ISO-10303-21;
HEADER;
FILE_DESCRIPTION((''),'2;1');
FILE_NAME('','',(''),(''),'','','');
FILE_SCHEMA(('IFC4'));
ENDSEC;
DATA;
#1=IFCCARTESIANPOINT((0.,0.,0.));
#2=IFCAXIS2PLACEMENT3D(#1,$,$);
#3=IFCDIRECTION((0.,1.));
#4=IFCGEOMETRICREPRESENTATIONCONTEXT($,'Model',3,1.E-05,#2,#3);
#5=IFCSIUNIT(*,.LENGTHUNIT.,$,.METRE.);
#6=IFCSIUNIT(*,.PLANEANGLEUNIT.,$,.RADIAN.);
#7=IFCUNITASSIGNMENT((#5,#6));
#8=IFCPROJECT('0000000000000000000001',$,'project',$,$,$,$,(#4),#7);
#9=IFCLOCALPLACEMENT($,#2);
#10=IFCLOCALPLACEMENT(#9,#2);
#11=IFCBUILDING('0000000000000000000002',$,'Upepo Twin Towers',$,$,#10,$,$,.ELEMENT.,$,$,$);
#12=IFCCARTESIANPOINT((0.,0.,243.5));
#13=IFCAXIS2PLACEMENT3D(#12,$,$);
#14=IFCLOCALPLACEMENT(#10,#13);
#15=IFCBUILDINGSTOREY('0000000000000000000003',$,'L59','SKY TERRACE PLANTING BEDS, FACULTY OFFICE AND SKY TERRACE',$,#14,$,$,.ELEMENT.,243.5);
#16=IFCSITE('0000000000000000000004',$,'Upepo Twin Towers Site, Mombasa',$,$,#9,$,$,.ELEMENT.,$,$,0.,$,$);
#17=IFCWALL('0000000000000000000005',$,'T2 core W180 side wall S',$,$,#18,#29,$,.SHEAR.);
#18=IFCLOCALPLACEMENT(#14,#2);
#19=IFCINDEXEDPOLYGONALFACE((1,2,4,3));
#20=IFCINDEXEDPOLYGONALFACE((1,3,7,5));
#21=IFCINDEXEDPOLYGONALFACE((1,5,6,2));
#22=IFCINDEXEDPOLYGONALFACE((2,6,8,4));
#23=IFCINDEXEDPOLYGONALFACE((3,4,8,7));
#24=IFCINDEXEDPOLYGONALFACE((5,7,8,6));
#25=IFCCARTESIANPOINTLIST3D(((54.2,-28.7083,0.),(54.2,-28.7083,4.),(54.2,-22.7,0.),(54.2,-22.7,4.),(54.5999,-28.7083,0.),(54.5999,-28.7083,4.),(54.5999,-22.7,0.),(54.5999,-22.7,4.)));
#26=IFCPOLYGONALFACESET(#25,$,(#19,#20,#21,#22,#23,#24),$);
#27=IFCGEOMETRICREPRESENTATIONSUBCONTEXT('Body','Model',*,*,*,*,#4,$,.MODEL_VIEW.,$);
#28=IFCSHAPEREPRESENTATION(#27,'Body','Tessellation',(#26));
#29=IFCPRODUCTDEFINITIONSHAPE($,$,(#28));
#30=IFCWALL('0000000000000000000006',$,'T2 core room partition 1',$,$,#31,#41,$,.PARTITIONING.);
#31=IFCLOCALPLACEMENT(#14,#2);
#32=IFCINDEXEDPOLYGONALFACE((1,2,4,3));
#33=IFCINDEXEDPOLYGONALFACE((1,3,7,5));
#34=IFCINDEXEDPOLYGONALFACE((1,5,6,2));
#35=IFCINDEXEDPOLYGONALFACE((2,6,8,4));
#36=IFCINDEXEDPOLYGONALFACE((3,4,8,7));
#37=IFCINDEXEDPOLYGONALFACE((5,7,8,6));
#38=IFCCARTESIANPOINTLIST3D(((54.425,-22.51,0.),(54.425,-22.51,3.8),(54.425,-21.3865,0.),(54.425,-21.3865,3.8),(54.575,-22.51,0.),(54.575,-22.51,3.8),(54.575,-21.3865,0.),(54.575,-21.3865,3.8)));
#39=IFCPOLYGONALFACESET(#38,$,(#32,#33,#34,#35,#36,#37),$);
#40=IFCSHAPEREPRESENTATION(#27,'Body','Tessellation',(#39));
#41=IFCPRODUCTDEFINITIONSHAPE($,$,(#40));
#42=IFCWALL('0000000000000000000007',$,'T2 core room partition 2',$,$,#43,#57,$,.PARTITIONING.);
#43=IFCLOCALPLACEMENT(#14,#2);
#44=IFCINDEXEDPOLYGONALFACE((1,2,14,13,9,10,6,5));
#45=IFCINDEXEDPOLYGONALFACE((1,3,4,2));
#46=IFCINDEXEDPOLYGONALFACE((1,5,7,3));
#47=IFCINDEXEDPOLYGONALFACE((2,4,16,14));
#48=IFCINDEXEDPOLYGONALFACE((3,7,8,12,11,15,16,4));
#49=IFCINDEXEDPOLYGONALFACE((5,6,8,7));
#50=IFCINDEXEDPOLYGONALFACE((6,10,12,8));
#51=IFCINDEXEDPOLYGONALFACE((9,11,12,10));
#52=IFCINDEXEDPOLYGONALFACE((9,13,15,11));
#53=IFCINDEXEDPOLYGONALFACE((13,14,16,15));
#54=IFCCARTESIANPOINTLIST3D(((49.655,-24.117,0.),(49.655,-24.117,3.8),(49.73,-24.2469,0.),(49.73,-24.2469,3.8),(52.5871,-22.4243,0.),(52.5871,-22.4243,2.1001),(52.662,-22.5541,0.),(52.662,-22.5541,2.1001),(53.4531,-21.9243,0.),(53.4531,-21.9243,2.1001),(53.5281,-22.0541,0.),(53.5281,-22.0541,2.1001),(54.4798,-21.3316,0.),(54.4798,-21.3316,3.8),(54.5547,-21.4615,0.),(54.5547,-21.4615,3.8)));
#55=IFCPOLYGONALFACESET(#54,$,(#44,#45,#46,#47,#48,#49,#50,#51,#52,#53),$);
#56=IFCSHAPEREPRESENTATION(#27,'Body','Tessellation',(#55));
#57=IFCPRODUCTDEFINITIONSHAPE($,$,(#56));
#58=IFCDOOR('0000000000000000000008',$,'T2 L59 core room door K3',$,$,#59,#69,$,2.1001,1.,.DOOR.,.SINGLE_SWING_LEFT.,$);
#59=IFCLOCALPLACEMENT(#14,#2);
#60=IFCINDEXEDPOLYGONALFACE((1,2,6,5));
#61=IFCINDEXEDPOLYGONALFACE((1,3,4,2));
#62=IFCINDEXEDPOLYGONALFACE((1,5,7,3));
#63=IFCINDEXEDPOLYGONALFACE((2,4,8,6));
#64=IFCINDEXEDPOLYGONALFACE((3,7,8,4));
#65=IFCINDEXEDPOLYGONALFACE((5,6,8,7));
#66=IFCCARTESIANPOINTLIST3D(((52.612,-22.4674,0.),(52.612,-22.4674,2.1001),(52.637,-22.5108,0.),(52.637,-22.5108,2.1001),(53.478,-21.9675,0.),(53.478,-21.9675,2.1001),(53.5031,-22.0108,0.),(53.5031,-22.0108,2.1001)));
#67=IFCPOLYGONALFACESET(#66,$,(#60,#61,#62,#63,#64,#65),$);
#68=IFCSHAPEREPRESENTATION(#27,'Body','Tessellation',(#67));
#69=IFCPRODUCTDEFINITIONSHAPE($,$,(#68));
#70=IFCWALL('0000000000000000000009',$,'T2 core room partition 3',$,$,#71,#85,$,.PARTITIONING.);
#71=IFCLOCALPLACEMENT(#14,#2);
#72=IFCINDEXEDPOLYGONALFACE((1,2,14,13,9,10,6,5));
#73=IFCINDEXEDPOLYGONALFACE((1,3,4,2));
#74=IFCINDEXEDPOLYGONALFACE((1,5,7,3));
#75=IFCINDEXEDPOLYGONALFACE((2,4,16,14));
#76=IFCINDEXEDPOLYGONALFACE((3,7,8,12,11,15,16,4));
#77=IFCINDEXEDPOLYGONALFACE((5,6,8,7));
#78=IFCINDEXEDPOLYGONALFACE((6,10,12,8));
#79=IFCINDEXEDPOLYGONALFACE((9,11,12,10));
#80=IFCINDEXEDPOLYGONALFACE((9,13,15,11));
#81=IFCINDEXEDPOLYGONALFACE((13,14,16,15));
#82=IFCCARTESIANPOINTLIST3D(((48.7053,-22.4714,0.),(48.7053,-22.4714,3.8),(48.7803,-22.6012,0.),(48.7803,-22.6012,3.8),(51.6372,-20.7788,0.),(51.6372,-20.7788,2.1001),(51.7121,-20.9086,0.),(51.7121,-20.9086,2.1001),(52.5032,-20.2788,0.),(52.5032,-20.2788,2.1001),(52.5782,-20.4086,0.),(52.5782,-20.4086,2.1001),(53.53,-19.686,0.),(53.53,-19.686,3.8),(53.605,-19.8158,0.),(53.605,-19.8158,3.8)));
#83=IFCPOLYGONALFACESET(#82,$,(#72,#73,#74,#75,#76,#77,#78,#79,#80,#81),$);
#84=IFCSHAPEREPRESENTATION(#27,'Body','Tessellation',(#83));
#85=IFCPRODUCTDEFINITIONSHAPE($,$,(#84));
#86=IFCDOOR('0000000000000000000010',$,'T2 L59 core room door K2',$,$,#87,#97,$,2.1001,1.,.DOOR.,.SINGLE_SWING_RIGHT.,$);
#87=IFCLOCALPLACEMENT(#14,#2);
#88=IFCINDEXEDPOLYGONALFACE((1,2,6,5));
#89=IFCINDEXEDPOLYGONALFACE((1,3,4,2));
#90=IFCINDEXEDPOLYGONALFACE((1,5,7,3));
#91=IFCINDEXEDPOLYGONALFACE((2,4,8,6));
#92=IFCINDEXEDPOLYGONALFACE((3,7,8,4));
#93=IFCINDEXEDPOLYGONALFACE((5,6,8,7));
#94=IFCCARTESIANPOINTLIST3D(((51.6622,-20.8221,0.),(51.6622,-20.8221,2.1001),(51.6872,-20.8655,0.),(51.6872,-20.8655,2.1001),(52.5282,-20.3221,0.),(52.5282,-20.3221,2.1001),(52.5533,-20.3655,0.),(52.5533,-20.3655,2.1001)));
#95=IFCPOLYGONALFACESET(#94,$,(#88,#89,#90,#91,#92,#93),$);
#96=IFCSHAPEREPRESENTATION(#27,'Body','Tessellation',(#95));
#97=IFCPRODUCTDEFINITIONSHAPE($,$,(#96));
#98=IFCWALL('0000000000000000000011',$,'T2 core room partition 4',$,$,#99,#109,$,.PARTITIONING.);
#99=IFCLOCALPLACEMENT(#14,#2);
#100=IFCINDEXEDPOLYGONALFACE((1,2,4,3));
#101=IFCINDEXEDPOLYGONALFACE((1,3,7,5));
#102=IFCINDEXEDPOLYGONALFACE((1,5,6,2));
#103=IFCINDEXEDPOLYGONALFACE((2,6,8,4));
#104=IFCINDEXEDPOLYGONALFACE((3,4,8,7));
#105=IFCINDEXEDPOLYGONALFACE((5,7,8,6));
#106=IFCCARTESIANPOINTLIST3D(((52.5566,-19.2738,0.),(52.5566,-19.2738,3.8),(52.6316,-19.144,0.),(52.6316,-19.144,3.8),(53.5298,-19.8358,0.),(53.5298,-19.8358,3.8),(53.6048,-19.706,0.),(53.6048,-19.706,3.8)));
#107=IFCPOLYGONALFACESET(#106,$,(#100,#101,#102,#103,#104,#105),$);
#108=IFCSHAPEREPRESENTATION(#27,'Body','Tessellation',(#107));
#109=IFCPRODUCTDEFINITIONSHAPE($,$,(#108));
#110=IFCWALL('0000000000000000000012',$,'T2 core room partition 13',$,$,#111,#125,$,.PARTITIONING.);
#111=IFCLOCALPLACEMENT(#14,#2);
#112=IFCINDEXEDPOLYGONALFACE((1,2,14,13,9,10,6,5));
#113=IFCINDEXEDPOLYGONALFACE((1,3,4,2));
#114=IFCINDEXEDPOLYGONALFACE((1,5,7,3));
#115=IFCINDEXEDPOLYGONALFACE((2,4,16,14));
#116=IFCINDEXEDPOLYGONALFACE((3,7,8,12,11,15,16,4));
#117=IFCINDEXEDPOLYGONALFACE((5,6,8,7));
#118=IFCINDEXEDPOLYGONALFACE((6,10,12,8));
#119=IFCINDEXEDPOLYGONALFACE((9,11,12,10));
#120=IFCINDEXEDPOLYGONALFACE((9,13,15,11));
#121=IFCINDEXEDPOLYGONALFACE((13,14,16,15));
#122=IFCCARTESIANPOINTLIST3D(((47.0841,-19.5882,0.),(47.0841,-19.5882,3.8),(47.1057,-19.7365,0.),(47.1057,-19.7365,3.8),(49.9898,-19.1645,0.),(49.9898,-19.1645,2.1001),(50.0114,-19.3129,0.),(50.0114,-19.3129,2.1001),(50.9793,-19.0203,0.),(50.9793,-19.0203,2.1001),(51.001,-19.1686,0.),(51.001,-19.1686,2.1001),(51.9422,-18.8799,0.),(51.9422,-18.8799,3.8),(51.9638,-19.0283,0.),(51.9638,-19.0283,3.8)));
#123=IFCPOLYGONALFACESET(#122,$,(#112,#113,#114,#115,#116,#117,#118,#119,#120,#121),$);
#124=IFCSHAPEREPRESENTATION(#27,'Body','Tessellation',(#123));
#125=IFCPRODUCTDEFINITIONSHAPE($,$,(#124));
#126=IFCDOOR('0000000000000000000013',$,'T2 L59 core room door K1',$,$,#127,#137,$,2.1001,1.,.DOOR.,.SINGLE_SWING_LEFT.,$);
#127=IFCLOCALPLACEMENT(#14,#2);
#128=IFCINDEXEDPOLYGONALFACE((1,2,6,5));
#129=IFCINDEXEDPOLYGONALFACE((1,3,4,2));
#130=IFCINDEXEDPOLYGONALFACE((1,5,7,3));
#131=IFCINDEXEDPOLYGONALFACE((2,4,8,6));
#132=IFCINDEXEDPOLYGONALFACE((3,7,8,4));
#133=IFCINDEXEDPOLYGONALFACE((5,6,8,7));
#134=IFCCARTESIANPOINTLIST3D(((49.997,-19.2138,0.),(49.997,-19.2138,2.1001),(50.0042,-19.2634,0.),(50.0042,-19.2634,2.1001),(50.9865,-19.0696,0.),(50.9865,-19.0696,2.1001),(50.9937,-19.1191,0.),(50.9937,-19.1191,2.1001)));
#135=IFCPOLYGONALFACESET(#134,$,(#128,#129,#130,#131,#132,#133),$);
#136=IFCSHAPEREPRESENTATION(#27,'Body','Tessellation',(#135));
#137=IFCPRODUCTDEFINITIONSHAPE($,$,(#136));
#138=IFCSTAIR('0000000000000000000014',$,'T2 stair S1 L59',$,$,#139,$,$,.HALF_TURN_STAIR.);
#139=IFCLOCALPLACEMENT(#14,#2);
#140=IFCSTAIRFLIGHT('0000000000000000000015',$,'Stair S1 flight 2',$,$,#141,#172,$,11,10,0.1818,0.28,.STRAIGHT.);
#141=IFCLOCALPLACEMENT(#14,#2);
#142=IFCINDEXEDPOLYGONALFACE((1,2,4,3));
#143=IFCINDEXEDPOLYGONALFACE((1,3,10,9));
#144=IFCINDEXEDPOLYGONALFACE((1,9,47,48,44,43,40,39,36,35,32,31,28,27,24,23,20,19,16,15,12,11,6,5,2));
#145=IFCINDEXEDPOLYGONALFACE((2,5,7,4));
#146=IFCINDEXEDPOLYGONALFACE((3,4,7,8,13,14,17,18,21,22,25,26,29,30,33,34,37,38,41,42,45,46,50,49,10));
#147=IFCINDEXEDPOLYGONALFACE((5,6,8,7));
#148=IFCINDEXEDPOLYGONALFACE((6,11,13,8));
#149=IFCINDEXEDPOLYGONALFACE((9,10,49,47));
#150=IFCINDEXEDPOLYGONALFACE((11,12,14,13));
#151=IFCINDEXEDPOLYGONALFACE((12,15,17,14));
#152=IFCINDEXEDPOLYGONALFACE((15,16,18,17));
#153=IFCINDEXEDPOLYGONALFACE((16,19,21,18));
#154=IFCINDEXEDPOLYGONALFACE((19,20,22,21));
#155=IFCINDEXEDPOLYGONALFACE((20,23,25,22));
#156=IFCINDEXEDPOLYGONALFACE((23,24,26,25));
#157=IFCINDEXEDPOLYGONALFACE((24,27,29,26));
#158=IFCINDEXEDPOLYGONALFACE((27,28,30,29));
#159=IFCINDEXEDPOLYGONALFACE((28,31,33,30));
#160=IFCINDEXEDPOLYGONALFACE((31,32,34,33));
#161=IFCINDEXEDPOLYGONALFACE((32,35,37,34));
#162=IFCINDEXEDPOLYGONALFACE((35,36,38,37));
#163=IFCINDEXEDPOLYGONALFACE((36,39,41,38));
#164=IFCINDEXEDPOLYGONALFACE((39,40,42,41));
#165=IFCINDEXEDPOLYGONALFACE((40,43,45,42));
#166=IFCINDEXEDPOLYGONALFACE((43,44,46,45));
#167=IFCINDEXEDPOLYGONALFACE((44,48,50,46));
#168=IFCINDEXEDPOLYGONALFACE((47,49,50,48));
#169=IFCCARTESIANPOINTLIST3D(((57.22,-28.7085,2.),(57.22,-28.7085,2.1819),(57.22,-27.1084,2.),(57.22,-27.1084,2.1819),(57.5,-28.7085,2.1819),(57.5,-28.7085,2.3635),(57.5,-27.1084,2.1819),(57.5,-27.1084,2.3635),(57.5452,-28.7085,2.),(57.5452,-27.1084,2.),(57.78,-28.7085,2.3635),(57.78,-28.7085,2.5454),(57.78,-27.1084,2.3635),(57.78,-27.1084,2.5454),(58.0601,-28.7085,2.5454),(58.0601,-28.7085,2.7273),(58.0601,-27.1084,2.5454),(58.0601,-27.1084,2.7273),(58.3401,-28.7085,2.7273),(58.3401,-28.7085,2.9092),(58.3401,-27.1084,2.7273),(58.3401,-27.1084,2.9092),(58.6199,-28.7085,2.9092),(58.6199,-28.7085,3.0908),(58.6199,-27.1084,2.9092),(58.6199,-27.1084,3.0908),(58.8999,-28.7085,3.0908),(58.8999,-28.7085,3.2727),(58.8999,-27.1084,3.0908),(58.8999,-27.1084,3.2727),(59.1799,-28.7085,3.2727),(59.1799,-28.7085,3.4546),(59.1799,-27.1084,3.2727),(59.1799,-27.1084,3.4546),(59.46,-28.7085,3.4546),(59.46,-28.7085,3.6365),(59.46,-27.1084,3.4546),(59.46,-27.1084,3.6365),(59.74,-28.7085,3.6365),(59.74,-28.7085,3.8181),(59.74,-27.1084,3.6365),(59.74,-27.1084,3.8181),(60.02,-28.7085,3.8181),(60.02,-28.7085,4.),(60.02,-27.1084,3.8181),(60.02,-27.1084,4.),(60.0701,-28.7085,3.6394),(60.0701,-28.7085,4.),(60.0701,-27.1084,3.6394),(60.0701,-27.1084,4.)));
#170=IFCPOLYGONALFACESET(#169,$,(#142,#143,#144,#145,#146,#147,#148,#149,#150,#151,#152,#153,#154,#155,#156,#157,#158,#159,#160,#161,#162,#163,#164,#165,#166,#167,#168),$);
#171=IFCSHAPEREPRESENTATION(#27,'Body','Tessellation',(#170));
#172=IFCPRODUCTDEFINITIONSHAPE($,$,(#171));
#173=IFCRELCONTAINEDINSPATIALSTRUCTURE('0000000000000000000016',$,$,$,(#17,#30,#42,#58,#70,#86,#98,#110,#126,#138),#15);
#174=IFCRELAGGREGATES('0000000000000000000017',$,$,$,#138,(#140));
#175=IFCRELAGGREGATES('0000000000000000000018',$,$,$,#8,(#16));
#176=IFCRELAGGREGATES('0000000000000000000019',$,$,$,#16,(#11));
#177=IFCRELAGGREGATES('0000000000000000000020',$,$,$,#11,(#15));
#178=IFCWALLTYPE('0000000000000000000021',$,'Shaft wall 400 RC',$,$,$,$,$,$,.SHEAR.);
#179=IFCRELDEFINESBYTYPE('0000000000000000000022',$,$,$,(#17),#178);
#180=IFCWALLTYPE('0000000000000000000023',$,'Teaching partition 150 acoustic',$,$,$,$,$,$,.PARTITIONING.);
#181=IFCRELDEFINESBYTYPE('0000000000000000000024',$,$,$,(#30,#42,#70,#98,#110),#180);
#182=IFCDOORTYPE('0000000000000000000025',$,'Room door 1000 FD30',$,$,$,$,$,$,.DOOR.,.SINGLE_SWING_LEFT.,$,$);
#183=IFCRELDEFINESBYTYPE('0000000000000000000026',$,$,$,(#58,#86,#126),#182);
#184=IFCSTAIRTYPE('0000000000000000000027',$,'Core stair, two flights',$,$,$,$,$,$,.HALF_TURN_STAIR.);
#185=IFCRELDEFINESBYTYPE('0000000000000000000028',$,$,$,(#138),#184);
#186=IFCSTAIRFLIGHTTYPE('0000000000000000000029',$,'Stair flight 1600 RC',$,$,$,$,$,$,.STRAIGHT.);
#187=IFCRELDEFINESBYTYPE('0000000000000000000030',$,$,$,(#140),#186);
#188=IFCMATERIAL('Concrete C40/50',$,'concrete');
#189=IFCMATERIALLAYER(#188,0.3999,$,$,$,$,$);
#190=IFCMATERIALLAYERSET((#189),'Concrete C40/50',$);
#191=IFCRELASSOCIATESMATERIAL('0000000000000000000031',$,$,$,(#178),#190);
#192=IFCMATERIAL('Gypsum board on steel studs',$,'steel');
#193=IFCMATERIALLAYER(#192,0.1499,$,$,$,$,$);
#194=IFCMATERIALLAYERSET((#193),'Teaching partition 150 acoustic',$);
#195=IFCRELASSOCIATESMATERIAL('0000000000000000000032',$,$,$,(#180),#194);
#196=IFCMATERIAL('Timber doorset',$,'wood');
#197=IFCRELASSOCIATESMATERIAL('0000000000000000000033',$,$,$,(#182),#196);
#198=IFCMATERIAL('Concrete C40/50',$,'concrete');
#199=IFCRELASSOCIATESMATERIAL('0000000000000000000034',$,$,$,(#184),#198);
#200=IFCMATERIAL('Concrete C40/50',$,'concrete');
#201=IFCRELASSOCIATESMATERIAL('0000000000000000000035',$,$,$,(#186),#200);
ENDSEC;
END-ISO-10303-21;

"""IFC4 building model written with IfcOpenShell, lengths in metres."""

from ifc_helpers import new_model, si_unit, direction, frame, frame_2d, origin, place, context, subcontext, project, spatial, polyline, rectangle, outline, extrude, material, layer, layer_set, type_object, element, fill, aggregate, save


model = new_model("IFC4")

# Units and contexts
model_context = context("Model", 3, precision=1e-05, world=origin(), true_north=direction((0.0, 1.0)))
body_context = subcontext(model_context, "Body", "Model", "MODEL_VIEW")
ifc_project = project(units=[si_unit("LENGTHUNIT", "METRE"), si_unit("PLANEANGLEUNIT", "RADIAN")], contexts=[model_context])

# Site, building, storey
site_placement = place(None, origin())
site = spatial("IfcSite", under=ifc_project, at=site_placement, Name="Upepo Twin Towers Site, Mombasa", CompositionType="ELEMENT", RefElevation=0.0)
building_placement = place(site_placement, origin())
building = spatial("IfcBuilding", under=site, at=building_placement, Name="Upepo Twin Towers", CompositionType="ELEMENT")
storey_placement = place(building_placement, frame((0.0, 0.0, 243.5)))
storey = spatial("IfcBuildingStorey", under=building, at=storey_placement, Name="L59", Description="SKY TERRACE PLANTING BEDS, FACULTY OFFICE AND SKY TERRACE", CompositionType="ELEMENT", Elevation=243.5)

# Walls
ifc_material_1 = material(Name="Concrete C40/50", Category="concrete")
ifc_layer_1 = layer(ifc_material_1, 0.3999)
ifc_layer_set_1 = layer_set([ifc_layer_1], Name="Concrete C40/50")
wall_type_1 = type_object("IfcWallType", Name="Shaft wall 400 RC", PredefinedType="SHEAR", material=ifc_layer_set_1)
for number, where, z_axis, x_axis, name in (
    (1, (54.3999, -22.7, 0.0), (0.0, 0.0, 1.0), (0.0, -1.0, 0.0), "T2 core W180 side wall S"),
):
    element("IfcWall", number, at=place(storey_placement, frame(where, z_axis=z_axis, x_axis=x_axis)), inside=storey, type_object=wall_type_1, Name=name, PredefinedType="SHEAR", context=body_context, shape_type="SweptSolid", body=[
        extrude(rectangle(XDim=6.0083, YDim=0.3999, at=frame_2d((3.0042, 0.0))), origin(), (0.0, 0.0, 1.0), 4.0),
    ])
ifc_material_2 = material(Name="Gypsum board on steel studs", Category="steel")
ifc_layer_2 = layer(ifc_material_2, 0.1499)
ifc_layer_set_2 = layer_set([ifc_layer_2], Name="Teaching partition 150 acoustic")
wall_type_2 = type_object("IfcWallType", Name="Teaching partition 150 acoustic", PredefinedType="PARTITIONING", material=ifc_layer_set_2)
wall_1_placement = place(storey_placement, frame((54.5, -22.51, 0.0), z_axis=(0.0, 0.0, 1.0), x_axis=(0.0, 1.0, 0.0)))
element("IfcWall", 2, at=wall_1_placement, inside=storey, type_object=wall_type_2, Name="T2 core room partition 1", PredefinedType="PARTITIONING", context=body_context, shape_type="SweptSolid", body=[
    extrude(rectangle(XDim=1.1235, YDim=0.1499, at=frame_2d((0.5618, 0.0))), origin(), (0.0, 0.0, 1.0), 3.8),
])

# Walls, openings, doors
wall_2_placement = place(storey_placement, frame((54.5173, -21.3965, 0.0), z_axis=(0.0, 0.0, 1.0), x_axis=(-0.866037, -0.49998, 0.0)))
wall_2 = element("IfcWall", 3, at=wall_2_placement, inside=storey, type_object=wall_type_2, Name="T2 core room partition 2", PredefinedType="PARTITIONING", context=body_context, shape_type="SweptSolid", body=[
    extrude(rectangle(XDim=5.571, YDim=0.1499, at=frame_2d((2.7856, 0.0))), origin(), (0.0, 0.0, 1.0), 3.8),
])
opening_1_placement = place(wall_2_placement, frame((1.1855, 0.0, 0.0)))
opening_1 = element("IfcOpeningElement", 4, at=opening_1_placement, cuts=wall_2, PredefinedType="OPENING", context=body_context, shape_type="SweptSolid", body=[
    extrude(rectangle(XDim=1.0, YDim=2.1001, at=frame_2d((0.5, 1.05))), frame((0.0, 0.085, 0.0), z_axis=(0.0, -1.0, 0.0), x_axis=(1.0, 0.0, 0.0)), (0.0, 0.0, 1.0), 0.1699),
])
ifc_material_3 = material(Name="Timber doorset", Category="wood")
door_type_1 = type_object("IfcDoorType", Name="Room door 1000 FD30", OperationType="SINGLE_SWING_LEFT", PredefinedType="DOOR", material=ifc_material_3)
door_1_placement = place(opening_1_placement, origin())
door_1 = element("IfcDoor", 5, at=door_1_placement, inside=storey, type_object=door_type_1, Name="T2 L59 core room door K3", OperationType="SINGLE_SWING_LEFT", OverallHeight=2.1001, OverallWidth=1.0, PredefinedType="DOOR", context=body_context, shape_type="SweptSolid", body=[
    extrude(rectangle(XDim=1.0, YDim=2.1001, at=frame_2d((0.5, 1.05))), frame((0.0, 0.0249, 0.0), z_axis=(0.0, -1.0, 0.0), x_axis=(1.0, 0.0, 0.0)), (0.0, 0.0, 1.0), 0.05),
])
fill(opening_1, door_1)
wall_3_placement = place(storey_placement, frame((48.7427, -22.5364, 0.0), z_axis=(0.0, 0.0, 1.0), x_axis=(0.866037, 0.49998, 0.0)))
wall_3 = element("IfcWall", 6, at=wall_3_placement, inside=storey, type_object=wall_type_2, Name="T2 core room partition 3", PredefinedType="PARTITIONING", context=body_context, shape_type="SweptSolid", body=[
    extrude(rectangle(XDim=5.571, YDim=0.1499, at=frame_2d((2.7856, 0.0))), origin(), (0.0, 0.0, 1.0), 3.8),
])
opening_2_placement = place(wall_3_placement, frame((3.3855, 0.0, 0.0)))
opening_2 = element("IfcOpeningElement", 7, at=opening_2_placement, cuts=wall_3, PredefinedType="OPENING", context=body_context, shape_type="SweptSolid", body=[
    extrude(rectangle(XDim=1.0, YDim=2.1001, at=frame_2d((0.5, 1.05))), frame((0.0, 0.085, 0.0), z_axis=(0.0, -1.0, 0.0), x_axis=(1.0, 0.0, 0.0)), (0.0, 0.0, 1.0), 0.1699),
])
door_2_placement = place(opening_2_placement, origin())
door_2 = element("IfcDoor", 8, at=door_2_placement, inside=storey, type_object=door_type_1, Name="T2 L59 core room door K2", OperationType="SINGLE_SWING_RIGHT", OverallHeight=2.1001, OverallWidth=1.0, PredefinedType="DOOR", context=body_context, shape_type="SweptSolid", body=[
    extrude(rectangle(XDim=1.0, YDim=2.1001, at=frame_2d((0.5, 1.05))), frame((0.0, 0.0249, 0.0), z_axis=(0.0, -1.0, 0.0), x_axis=(1.0, 0.0, 0.0)), (0.0, 0.0, 1.0), 0.05),
])
fill(opening_2, door_2)

# Wall
wall_4_placement = place(storey_placement, frame((53.5674, -19.771, 0.0), z_axis=(0.0, 0.0, 1.0), x_axis=(-0.865961, 0.500111, 0.0)))
element("IfcWall", 9, at=wall_4_placement, inside=storey, type_object=wall_type_2, Name="T2 core room partition 4", PredefinedType="PARTITIONING", context=body_context, shape_type="SweptSolid", body=[
    extrude(rectangle(XDim=1.1238, YDim=0.1499, at=frame_2d((0.562, 0.0))), origin(), (0.0, 0.0, 1.0), 3.8),
])

# Wall, opening, door
wall_5_placement = place(storey_placement, frame((51.9529, -18.9541, 0.0), z_axis=(0.0, 0.0, 1.0), x_axis=(-0.98954, -0.144261, 0.0)))
wall_5 = element("IfcWall", 10, at=wall_5_placement, inside=storey, type_object=wall_type_2, Name="T2 core room partition 13", PredefinedType="PARTITIONING", context=body_context, shape_type="SweptSolid", body=[
    extrude(rectangle(XDim=4.9094, YDim=0.1499, at=frame_2d((2.4546, 0.0))), origin(), (0.0, 0.0, 1.0), 3.8),
])
opening_3_placement = place(wall_5_placement, frame((0.9729, 0.0, 0.0)))
opening_3 = element("IfcOpeningElement", 11, at=opening_3_placement, cuts=wall_5, PredefinedType="OPENING", context=body_context, shape_type="SweptSolid", body=[
    extrude(rectangle(XDim=1.0, YDim=2.1001, at=frame_2d((0.5, 1.05))), frame((0.0, 0.085, 0.0), z_axis=(0.0, -1.0, 0.0), x_axis=(1.0, 0.0, 0.0)), (0.0, 0.0, 1.0), 0.1699),
])
door_3_placement = place(opening_3_placement, origin())
door_3 = element("IfcDoor", 12, at=door_3_placement, inside=storey, type_object=door_type_1, Name="T2 L59 core room door K1", OperationType="SINGLE_SWING_LEFT", OverallHeight=2.1001, OverallWidth=1.0, PredefinedType="DOOR", context=body_context, shape_type="SweptSolid", body=[
    extrude(rectangle(XDim=1.0, YDim=2.1001, at=frame_2d((0.5, 1.05))), frame((0.0, 0.0249, 0.0), z_axis=(0.0, -1.0, 0.0), x_axis=(1.0, 0.0, 0.0)), (0.0, 0.0, 1.0), 0.05),
])
fill(opening_3, door_3)

# Stair, stair flight
ifc_material_4 = material(Name="Concrete C40/50", Category="concrete")
stair_type = type_object("IfcStairType", Name="Core stair, two flights", PredefinedType="HALF_TURN_STAIR", material=ifc_material_4)
stair_placement = place(storey_placement, origin())
stair = element("IfcStair", 13, at=stair_placement, inside=storey, type_object=stair_type, Name="T2 stair S1 L59", PredefinedType="HALF_TURN_STAIR")
ifc_material_5 = material(Name="Concrete C40/50", Category="concrete")
stair_flight_type = type_object("IfcStairFlightType", Name="Stair flight 1600 RC", PredefinedType="STRAIGHT", material=ifc_material_5)
stair_flight_placement = place(storey_placement, frame((57.22, -27.9084, 2.0), z_axis=(0.0, 0.0, 1.0), x_axis=(1.0, 0.0, 0.0)))
stair_flight = element("IfcStairFlight", 14, at=stair_flight_placement, type_object=stair_flight_type, Name="Stair S1 flight 2", NumberOfRisers=11, NumberOfTreads=10, PredefinedType="STRAIGHT", RiserHeight=0.1818, TreadLength=0.28, context=body_context, shape_type="SweptSolid", body=[
    extrude(outline(polyline([(0.0, 0.0), (0.0, 0.1819), (0.28, 0.1819), (0.28, 0.3635), (0.5601, 0.3635), (0.5601, 0.5454), (0.8401, 0.5454), (0.8401, 0.7273), (1.1201, 0.7273), (1.1201, 0.9092), (1.3999, 0.9092), (1.3999, 1.0908), (1.6799, 1.0908), (1.6799, 1.2727), (1.96, 1.2727), (1.96, 1.4546), (2.24, 1.4546), (2.24, 1.6365), (2.52, 1.6365), (2.52, 1.8181), (2.8, 1.8181), (2.8, 2.0), (2.8501, 2.0), (2.8501, 1.6394), (0.3252, 0.0), (0.0, 0.0)])), frame((0.0, 0.8, 0.0), z_axis=(0.0, -1.0, 0.0), x_axis=(1.0, 0.0, 0.0)), (0.0, 0.0, 1.0), 1.6001),
])
aggregate(stair, [stair_flight])

save(model, "model.ifc")
